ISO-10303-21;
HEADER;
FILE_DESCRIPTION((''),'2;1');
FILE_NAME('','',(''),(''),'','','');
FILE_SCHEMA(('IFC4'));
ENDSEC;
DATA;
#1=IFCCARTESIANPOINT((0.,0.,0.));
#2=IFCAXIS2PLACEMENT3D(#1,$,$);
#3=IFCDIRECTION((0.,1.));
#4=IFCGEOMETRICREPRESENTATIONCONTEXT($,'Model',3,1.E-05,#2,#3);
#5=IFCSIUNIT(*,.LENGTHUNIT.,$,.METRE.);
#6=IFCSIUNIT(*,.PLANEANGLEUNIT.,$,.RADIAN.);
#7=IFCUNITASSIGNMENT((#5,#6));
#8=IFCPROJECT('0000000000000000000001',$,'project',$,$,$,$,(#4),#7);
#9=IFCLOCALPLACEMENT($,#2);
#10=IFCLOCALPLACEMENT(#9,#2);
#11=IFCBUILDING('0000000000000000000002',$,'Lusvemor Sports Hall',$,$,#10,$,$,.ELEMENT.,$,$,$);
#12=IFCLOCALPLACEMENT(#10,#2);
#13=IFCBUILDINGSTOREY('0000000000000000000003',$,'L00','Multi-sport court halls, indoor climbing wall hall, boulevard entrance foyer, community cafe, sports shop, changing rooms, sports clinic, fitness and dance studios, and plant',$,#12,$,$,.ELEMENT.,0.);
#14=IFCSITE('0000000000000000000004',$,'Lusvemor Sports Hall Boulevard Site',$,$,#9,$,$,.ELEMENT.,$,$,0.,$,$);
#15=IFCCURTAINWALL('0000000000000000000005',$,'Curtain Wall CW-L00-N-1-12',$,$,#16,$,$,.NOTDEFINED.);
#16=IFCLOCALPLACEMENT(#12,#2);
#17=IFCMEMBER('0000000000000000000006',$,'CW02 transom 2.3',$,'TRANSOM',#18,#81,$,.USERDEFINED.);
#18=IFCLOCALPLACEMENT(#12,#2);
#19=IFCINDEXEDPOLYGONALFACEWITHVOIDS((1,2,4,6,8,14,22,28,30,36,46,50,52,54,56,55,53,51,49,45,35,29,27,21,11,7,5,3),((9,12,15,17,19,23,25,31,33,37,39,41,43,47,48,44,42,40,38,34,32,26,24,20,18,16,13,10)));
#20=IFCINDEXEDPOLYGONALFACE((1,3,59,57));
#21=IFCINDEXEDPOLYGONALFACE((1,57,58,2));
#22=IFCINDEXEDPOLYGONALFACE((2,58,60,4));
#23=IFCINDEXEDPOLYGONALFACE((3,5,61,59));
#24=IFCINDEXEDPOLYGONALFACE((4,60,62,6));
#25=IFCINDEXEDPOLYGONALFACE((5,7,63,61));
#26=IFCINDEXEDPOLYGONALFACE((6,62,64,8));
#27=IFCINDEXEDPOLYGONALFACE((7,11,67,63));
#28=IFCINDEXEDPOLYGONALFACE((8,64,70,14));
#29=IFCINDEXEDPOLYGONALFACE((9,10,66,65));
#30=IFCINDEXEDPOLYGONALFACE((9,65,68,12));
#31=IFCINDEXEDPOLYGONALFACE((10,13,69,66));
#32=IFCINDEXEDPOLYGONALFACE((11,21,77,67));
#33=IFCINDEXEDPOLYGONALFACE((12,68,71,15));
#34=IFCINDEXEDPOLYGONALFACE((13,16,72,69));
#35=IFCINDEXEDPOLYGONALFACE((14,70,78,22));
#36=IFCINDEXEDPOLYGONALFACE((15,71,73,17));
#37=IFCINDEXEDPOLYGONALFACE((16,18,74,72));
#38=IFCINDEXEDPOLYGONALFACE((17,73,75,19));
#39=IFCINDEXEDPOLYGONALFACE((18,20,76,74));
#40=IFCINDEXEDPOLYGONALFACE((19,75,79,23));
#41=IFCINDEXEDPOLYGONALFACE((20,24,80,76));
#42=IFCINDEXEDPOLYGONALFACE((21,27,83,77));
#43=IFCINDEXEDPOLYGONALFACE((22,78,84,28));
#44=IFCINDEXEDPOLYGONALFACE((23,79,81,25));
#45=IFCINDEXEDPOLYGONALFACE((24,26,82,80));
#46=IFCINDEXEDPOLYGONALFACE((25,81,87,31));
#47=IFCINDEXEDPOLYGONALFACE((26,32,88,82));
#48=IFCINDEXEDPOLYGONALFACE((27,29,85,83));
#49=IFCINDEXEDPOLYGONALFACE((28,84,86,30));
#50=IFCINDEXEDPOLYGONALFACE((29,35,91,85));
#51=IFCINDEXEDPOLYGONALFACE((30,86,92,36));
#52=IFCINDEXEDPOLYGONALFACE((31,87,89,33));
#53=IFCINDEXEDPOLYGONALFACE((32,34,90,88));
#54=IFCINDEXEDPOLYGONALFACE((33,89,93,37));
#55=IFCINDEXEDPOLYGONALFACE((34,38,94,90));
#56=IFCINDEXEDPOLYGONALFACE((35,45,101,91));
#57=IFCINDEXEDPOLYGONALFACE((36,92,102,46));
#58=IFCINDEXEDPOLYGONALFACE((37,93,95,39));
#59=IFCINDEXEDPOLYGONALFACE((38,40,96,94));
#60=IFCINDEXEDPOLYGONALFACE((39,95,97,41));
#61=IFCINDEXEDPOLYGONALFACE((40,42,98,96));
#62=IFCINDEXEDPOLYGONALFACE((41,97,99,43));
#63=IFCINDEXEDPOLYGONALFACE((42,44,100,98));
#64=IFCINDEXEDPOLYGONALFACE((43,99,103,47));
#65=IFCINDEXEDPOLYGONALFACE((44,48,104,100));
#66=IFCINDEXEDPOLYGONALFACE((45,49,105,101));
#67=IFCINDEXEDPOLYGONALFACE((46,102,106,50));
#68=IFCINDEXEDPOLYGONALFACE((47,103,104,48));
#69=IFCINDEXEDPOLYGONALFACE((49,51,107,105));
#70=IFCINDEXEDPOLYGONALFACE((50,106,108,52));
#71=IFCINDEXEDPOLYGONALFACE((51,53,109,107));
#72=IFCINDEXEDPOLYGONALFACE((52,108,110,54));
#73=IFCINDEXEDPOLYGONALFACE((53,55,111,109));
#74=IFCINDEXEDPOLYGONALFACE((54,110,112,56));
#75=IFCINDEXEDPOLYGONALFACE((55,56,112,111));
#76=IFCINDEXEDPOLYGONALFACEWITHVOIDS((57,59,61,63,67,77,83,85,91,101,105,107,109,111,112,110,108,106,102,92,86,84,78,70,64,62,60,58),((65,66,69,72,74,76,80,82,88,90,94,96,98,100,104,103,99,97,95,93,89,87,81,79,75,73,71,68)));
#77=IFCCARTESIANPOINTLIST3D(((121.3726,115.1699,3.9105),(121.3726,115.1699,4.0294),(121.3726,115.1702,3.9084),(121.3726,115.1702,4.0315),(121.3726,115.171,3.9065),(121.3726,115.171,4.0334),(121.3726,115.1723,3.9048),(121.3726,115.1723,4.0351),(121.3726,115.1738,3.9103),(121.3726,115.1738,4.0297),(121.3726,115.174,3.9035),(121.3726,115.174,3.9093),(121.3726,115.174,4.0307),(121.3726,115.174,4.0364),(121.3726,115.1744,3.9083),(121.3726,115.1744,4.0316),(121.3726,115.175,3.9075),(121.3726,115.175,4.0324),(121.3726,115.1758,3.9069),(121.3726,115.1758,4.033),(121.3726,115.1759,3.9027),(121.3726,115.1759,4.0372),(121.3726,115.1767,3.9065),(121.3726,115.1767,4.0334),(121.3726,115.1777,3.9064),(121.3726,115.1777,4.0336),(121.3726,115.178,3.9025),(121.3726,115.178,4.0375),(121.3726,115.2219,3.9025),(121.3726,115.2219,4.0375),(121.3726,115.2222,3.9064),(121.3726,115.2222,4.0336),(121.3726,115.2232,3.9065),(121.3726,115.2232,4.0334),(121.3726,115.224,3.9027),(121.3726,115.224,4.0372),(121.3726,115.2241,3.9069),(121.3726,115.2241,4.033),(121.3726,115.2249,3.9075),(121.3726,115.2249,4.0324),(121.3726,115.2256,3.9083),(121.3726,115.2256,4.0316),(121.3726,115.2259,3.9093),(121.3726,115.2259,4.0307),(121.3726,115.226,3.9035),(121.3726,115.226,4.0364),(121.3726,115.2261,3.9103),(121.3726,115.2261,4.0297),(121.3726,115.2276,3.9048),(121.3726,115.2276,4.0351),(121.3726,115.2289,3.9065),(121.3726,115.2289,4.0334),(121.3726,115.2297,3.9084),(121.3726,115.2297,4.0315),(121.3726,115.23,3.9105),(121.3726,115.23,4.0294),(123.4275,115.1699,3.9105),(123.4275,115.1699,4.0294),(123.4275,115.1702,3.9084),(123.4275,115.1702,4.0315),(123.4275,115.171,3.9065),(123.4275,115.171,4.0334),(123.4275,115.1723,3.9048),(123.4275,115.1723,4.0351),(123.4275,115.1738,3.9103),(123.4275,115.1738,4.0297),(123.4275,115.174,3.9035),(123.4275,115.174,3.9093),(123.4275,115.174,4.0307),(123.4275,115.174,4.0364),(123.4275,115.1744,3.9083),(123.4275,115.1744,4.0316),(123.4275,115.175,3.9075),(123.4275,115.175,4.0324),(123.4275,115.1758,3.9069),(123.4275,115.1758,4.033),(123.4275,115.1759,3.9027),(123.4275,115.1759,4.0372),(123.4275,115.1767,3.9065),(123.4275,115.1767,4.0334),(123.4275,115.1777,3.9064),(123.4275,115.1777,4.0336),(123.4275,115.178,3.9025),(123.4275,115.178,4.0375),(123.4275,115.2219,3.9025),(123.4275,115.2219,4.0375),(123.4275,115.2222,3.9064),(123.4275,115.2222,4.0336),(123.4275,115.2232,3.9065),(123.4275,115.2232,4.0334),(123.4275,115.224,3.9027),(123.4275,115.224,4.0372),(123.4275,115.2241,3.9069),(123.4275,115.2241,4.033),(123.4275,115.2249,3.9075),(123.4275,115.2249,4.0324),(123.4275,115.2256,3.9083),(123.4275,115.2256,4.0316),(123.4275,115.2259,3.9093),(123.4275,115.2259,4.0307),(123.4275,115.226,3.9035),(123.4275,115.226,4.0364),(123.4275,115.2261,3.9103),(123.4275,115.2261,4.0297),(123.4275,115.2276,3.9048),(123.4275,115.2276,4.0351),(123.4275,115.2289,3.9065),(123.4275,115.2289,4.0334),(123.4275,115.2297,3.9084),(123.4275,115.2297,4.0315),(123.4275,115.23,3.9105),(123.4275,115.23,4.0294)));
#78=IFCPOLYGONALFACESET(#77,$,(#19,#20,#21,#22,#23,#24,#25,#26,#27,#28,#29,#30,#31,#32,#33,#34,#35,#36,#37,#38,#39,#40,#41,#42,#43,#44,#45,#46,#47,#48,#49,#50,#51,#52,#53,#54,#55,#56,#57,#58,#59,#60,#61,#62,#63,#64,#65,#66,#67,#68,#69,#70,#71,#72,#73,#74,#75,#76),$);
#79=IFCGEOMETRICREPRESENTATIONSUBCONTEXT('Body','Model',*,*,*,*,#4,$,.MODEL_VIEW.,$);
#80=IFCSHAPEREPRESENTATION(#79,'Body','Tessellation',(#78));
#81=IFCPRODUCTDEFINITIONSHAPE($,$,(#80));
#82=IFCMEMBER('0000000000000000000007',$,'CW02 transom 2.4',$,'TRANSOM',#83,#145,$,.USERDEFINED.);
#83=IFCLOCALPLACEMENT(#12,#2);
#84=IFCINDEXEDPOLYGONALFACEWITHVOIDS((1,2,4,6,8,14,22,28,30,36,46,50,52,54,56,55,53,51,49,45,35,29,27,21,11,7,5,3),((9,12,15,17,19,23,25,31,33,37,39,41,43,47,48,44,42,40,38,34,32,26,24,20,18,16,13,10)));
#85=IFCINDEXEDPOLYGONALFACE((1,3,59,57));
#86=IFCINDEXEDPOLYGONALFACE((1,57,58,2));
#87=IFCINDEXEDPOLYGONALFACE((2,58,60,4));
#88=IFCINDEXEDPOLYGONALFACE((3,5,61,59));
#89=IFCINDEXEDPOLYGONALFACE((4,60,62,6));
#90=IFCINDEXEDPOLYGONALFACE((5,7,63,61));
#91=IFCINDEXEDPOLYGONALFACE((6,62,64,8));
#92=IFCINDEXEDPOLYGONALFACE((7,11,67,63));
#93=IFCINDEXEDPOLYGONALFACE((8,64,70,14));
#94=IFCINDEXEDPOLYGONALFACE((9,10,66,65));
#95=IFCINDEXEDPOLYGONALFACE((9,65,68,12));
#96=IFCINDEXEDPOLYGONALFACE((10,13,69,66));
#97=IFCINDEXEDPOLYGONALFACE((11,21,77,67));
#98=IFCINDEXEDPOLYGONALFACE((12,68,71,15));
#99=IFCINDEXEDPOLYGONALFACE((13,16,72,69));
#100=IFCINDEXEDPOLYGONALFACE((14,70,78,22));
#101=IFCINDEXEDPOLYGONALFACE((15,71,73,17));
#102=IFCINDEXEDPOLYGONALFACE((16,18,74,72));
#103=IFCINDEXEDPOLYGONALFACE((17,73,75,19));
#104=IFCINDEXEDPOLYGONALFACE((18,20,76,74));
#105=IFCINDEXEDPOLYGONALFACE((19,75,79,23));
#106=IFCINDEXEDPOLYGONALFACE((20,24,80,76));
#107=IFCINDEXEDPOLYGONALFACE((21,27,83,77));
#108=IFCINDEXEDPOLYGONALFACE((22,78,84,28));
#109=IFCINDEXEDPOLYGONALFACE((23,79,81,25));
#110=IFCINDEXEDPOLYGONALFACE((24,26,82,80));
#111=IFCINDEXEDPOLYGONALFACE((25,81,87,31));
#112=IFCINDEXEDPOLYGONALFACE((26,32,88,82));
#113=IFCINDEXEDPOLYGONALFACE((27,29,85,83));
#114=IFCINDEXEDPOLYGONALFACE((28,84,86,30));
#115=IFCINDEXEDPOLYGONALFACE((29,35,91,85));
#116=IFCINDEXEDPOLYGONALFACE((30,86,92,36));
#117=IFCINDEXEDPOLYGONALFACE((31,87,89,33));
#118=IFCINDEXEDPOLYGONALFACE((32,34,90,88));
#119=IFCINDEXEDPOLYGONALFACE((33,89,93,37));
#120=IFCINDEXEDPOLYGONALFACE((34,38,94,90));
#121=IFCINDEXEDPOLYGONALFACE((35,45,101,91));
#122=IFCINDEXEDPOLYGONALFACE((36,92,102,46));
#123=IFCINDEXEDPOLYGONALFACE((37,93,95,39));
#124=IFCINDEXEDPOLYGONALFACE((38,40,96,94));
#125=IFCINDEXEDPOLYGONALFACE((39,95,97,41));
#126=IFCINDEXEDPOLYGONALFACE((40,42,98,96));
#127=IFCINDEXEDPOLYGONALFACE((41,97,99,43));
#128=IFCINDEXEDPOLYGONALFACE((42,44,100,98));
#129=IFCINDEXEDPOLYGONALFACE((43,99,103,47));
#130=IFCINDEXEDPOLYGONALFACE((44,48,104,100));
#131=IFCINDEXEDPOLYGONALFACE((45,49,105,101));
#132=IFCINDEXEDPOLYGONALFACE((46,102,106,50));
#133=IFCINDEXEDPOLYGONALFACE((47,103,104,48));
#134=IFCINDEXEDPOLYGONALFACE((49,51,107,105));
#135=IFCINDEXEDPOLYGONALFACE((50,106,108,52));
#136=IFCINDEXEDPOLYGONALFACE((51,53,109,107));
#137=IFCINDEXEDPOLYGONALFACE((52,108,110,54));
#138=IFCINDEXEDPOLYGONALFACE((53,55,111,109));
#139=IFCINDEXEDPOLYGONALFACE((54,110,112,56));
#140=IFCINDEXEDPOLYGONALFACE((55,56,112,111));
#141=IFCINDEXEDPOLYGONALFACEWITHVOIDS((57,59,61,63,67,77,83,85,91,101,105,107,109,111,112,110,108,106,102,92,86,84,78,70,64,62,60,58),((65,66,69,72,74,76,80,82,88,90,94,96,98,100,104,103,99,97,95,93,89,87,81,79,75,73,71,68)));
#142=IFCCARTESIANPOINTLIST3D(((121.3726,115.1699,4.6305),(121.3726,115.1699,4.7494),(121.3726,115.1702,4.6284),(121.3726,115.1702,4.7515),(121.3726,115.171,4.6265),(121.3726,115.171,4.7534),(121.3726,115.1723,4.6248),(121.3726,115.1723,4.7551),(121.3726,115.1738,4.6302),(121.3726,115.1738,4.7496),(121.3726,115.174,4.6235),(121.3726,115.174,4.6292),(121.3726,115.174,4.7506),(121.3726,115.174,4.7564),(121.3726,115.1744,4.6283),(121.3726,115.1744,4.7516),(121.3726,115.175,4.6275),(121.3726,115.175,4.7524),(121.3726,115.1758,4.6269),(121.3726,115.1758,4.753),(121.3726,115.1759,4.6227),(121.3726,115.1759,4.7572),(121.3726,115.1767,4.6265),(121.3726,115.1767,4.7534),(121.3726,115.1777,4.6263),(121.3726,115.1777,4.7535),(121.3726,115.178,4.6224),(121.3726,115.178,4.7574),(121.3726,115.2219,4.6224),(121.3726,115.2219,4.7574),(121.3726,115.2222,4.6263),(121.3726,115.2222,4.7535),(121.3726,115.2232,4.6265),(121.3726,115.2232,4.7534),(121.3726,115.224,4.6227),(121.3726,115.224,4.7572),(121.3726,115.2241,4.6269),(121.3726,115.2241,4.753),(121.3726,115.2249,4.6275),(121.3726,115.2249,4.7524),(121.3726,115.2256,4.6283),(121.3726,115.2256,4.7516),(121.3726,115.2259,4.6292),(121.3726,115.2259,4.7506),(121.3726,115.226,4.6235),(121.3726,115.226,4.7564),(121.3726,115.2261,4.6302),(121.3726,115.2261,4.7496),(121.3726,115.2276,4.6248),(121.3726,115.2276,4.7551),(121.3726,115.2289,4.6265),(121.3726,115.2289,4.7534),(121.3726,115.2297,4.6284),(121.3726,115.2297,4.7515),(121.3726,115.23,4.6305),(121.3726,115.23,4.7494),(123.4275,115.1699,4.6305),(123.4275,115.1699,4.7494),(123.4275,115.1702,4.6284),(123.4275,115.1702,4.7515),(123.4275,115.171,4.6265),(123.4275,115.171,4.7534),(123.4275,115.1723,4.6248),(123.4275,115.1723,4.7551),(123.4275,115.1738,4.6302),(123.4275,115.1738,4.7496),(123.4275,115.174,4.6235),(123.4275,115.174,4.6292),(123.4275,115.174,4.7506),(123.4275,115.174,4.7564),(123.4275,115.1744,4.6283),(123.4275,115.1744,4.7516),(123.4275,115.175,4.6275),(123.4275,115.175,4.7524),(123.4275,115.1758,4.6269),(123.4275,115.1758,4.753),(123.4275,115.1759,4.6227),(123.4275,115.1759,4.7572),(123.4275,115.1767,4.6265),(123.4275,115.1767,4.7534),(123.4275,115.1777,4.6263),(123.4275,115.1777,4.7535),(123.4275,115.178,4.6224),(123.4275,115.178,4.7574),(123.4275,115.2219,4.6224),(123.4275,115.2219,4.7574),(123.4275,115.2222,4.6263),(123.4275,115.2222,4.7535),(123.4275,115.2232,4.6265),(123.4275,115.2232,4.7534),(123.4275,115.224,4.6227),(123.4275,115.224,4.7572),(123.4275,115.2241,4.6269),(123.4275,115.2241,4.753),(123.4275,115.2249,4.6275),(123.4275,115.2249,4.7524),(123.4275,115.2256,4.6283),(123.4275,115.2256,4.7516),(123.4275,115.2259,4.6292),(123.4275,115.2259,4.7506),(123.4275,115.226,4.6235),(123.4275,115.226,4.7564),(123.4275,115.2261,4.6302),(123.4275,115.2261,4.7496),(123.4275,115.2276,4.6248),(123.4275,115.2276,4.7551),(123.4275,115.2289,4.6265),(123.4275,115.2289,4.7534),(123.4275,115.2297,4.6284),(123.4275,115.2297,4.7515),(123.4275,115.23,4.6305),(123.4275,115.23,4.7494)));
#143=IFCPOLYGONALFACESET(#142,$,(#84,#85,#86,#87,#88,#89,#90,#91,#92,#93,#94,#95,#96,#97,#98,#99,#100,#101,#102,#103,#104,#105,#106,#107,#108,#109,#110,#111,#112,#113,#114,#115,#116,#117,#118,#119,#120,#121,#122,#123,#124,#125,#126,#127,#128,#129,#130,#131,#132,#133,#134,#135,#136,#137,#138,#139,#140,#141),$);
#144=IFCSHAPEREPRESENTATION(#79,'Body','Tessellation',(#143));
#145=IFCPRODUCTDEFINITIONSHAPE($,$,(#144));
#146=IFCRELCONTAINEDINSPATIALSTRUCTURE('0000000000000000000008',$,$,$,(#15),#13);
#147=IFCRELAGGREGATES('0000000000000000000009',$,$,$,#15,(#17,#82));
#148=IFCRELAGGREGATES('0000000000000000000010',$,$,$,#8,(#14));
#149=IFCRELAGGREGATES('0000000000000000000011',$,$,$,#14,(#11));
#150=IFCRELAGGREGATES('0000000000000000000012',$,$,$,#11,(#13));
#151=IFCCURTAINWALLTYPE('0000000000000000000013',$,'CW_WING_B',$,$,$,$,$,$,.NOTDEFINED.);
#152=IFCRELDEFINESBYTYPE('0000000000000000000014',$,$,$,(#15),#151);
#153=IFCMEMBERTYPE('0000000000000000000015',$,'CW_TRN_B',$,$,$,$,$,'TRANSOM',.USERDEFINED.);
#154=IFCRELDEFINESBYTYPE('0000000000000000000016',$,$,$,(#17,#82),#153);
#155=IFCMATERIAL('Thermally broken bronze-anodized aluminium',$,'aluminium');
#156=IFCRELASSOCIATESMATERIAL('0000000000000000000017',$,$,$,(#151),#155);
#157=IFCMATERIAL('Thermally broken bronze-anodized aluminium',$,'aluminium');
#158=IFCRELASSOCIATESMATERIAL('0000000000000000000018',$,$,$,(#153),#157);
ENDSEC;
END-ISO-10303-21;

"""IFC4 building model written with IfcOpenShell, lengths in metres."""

from ifc_helpers import new_model, si_unit, direction, frame, origin, origin_2d, place, context, subcontext, project, spatial, hollow_rectangle, extrude, material, material_profile, profile_set, type_object, element, aggregate, save


model = new_model("IFC4")

# Units and contexts
model_context = context("Model", 3, precision=1e-05, world=origin(), true_north=direction((0.0, 1.0)))
body_context = subcontext(model_context, "Body", "Model", "MODEL_VIEW")
ifc_project = project(units=[si_unit("LENGTHUNIT", "METRE"), si_unit("PLANEANGLEUNIT", "RADIAN")], contexts=[model_context])

# Site, building, storey
site_placement = place(None, origin())
site = spatial("IfcSite", under=ifc_project, at=site_placement, Name="Lusvemor Sports Hall Boulevard Site", CompositionType="ELEMENT", RefElevation=0.0)
building_placement = place(site_placement, origin())
building = spatial("IfcBuilding", under=site, at=building_placement, Name="Lusvemor Sports Hall", CompositionType="ELEMENT")
storey_placement = place(building_placement, origin())
storey = spatial("IfcBuildingStorey", under=building, at=storey_placement, Name="L00", Description="Multi-sport court halls, indoor climbing wall hall, boulevard entrance foyer, community cafe, sports shop, changing rooms, sports clinic, fitness and dance studios, and plant", CompositionType="ELEMENT", Elevation=0.0)

# Curtain wall, members
ifc_material_1 = material(Name="Thermally broken bronze-anodized aluminium", Category="aluminium")
curtain_wall_type = type_object("IfcCurtainWallType", Name="CW_WING_B", PredefinedType="NOTDEFINED", material=ifc_material_1)
curtain_wall_placement = place(storey_placement, origin())
curtain_wall = element("IfcCurtainWall", 1, at=curtain_wall_placement, inside=storey, type_object=curtain_wall_type, Name="Curtain Wall CW-L00-N-1-12", PredefinedType="NOTDEFINED")
ifc_material_2 = material(Name="Thermally broken bronze-anodized aluminium", Category="aluminium")
ifc_material_profile_1 = material_profile(ifc_material_2, hollow_rectangle(XDim=0.0601, YDim=0.135, WallThickness=0.0039, InnerFilletRadius=0.0039, OuterFilletRadius=0.0081, at=origin_2d()), Name="CWTRN135x60x4")
ifc_profile_set_1 = profile_set([ifc_material_profile_1], Name="Thermally broken bronze-anodized aluminium")
member_type_1 = type_object("IfcMemberType", Name="CW_TRN_B", ElementType="TRANSOM", PredefinedType="USERDEFINED", material=ifc_profile_set_1)
member_1_placement = place(storey_placement, frame((121.3726, 115.2, 3.97), z_axis=(1.0, 0.0, 0.0), x_axis=(0.0, 1.0, 0.0)))
member_1 = element("IfcMember", 2, at=member_1_placement, type_object=member_type_1, Name="CW02 transom 2.3", ObjectType="TRANSOM", PredefinedType="USERDEFINED", context=body_context, shape_type="SweptSolid", body=[
    extrude(hollow_rectangle(XDim=0.0601, YDim=0.135, WallThickness=0.0039, InnerFilletRadius=0.0039, OuterFilletRadius=0.0081, at=origin_2d()), origin(), (0.0, 0.0, 1.0), 2.0549),
])
member_2_placement = place(storey_placement, frame((121.3726, 115.2, 4.6899), z_axis=(1.0, 0.0, 0.0), x_axis=(0.0, 1.0, 0.0)))
member_2 = element("IfcMember", 3, at=member_2_placement, type_object=member_type_1, Name="CW02 transom 2.4", ObjectType="TRANSOM", PredefinedType="USERDEFINED", context=body_context, shape_type="SweptSolid", body=[
    extrude(hollow_rectangle(XDim=0.0601, YDim=0.135, WallThickness=0.0039, InnerFilletRadius=0.0039, OuterFilletRadius=0.0081, at=origin_2d()), origin(), (0.0, 0.0, 1.0), 2.0549),
])
aggregate(curtain_wall, [member_1, member_2])

save(model, "model.ifc")
